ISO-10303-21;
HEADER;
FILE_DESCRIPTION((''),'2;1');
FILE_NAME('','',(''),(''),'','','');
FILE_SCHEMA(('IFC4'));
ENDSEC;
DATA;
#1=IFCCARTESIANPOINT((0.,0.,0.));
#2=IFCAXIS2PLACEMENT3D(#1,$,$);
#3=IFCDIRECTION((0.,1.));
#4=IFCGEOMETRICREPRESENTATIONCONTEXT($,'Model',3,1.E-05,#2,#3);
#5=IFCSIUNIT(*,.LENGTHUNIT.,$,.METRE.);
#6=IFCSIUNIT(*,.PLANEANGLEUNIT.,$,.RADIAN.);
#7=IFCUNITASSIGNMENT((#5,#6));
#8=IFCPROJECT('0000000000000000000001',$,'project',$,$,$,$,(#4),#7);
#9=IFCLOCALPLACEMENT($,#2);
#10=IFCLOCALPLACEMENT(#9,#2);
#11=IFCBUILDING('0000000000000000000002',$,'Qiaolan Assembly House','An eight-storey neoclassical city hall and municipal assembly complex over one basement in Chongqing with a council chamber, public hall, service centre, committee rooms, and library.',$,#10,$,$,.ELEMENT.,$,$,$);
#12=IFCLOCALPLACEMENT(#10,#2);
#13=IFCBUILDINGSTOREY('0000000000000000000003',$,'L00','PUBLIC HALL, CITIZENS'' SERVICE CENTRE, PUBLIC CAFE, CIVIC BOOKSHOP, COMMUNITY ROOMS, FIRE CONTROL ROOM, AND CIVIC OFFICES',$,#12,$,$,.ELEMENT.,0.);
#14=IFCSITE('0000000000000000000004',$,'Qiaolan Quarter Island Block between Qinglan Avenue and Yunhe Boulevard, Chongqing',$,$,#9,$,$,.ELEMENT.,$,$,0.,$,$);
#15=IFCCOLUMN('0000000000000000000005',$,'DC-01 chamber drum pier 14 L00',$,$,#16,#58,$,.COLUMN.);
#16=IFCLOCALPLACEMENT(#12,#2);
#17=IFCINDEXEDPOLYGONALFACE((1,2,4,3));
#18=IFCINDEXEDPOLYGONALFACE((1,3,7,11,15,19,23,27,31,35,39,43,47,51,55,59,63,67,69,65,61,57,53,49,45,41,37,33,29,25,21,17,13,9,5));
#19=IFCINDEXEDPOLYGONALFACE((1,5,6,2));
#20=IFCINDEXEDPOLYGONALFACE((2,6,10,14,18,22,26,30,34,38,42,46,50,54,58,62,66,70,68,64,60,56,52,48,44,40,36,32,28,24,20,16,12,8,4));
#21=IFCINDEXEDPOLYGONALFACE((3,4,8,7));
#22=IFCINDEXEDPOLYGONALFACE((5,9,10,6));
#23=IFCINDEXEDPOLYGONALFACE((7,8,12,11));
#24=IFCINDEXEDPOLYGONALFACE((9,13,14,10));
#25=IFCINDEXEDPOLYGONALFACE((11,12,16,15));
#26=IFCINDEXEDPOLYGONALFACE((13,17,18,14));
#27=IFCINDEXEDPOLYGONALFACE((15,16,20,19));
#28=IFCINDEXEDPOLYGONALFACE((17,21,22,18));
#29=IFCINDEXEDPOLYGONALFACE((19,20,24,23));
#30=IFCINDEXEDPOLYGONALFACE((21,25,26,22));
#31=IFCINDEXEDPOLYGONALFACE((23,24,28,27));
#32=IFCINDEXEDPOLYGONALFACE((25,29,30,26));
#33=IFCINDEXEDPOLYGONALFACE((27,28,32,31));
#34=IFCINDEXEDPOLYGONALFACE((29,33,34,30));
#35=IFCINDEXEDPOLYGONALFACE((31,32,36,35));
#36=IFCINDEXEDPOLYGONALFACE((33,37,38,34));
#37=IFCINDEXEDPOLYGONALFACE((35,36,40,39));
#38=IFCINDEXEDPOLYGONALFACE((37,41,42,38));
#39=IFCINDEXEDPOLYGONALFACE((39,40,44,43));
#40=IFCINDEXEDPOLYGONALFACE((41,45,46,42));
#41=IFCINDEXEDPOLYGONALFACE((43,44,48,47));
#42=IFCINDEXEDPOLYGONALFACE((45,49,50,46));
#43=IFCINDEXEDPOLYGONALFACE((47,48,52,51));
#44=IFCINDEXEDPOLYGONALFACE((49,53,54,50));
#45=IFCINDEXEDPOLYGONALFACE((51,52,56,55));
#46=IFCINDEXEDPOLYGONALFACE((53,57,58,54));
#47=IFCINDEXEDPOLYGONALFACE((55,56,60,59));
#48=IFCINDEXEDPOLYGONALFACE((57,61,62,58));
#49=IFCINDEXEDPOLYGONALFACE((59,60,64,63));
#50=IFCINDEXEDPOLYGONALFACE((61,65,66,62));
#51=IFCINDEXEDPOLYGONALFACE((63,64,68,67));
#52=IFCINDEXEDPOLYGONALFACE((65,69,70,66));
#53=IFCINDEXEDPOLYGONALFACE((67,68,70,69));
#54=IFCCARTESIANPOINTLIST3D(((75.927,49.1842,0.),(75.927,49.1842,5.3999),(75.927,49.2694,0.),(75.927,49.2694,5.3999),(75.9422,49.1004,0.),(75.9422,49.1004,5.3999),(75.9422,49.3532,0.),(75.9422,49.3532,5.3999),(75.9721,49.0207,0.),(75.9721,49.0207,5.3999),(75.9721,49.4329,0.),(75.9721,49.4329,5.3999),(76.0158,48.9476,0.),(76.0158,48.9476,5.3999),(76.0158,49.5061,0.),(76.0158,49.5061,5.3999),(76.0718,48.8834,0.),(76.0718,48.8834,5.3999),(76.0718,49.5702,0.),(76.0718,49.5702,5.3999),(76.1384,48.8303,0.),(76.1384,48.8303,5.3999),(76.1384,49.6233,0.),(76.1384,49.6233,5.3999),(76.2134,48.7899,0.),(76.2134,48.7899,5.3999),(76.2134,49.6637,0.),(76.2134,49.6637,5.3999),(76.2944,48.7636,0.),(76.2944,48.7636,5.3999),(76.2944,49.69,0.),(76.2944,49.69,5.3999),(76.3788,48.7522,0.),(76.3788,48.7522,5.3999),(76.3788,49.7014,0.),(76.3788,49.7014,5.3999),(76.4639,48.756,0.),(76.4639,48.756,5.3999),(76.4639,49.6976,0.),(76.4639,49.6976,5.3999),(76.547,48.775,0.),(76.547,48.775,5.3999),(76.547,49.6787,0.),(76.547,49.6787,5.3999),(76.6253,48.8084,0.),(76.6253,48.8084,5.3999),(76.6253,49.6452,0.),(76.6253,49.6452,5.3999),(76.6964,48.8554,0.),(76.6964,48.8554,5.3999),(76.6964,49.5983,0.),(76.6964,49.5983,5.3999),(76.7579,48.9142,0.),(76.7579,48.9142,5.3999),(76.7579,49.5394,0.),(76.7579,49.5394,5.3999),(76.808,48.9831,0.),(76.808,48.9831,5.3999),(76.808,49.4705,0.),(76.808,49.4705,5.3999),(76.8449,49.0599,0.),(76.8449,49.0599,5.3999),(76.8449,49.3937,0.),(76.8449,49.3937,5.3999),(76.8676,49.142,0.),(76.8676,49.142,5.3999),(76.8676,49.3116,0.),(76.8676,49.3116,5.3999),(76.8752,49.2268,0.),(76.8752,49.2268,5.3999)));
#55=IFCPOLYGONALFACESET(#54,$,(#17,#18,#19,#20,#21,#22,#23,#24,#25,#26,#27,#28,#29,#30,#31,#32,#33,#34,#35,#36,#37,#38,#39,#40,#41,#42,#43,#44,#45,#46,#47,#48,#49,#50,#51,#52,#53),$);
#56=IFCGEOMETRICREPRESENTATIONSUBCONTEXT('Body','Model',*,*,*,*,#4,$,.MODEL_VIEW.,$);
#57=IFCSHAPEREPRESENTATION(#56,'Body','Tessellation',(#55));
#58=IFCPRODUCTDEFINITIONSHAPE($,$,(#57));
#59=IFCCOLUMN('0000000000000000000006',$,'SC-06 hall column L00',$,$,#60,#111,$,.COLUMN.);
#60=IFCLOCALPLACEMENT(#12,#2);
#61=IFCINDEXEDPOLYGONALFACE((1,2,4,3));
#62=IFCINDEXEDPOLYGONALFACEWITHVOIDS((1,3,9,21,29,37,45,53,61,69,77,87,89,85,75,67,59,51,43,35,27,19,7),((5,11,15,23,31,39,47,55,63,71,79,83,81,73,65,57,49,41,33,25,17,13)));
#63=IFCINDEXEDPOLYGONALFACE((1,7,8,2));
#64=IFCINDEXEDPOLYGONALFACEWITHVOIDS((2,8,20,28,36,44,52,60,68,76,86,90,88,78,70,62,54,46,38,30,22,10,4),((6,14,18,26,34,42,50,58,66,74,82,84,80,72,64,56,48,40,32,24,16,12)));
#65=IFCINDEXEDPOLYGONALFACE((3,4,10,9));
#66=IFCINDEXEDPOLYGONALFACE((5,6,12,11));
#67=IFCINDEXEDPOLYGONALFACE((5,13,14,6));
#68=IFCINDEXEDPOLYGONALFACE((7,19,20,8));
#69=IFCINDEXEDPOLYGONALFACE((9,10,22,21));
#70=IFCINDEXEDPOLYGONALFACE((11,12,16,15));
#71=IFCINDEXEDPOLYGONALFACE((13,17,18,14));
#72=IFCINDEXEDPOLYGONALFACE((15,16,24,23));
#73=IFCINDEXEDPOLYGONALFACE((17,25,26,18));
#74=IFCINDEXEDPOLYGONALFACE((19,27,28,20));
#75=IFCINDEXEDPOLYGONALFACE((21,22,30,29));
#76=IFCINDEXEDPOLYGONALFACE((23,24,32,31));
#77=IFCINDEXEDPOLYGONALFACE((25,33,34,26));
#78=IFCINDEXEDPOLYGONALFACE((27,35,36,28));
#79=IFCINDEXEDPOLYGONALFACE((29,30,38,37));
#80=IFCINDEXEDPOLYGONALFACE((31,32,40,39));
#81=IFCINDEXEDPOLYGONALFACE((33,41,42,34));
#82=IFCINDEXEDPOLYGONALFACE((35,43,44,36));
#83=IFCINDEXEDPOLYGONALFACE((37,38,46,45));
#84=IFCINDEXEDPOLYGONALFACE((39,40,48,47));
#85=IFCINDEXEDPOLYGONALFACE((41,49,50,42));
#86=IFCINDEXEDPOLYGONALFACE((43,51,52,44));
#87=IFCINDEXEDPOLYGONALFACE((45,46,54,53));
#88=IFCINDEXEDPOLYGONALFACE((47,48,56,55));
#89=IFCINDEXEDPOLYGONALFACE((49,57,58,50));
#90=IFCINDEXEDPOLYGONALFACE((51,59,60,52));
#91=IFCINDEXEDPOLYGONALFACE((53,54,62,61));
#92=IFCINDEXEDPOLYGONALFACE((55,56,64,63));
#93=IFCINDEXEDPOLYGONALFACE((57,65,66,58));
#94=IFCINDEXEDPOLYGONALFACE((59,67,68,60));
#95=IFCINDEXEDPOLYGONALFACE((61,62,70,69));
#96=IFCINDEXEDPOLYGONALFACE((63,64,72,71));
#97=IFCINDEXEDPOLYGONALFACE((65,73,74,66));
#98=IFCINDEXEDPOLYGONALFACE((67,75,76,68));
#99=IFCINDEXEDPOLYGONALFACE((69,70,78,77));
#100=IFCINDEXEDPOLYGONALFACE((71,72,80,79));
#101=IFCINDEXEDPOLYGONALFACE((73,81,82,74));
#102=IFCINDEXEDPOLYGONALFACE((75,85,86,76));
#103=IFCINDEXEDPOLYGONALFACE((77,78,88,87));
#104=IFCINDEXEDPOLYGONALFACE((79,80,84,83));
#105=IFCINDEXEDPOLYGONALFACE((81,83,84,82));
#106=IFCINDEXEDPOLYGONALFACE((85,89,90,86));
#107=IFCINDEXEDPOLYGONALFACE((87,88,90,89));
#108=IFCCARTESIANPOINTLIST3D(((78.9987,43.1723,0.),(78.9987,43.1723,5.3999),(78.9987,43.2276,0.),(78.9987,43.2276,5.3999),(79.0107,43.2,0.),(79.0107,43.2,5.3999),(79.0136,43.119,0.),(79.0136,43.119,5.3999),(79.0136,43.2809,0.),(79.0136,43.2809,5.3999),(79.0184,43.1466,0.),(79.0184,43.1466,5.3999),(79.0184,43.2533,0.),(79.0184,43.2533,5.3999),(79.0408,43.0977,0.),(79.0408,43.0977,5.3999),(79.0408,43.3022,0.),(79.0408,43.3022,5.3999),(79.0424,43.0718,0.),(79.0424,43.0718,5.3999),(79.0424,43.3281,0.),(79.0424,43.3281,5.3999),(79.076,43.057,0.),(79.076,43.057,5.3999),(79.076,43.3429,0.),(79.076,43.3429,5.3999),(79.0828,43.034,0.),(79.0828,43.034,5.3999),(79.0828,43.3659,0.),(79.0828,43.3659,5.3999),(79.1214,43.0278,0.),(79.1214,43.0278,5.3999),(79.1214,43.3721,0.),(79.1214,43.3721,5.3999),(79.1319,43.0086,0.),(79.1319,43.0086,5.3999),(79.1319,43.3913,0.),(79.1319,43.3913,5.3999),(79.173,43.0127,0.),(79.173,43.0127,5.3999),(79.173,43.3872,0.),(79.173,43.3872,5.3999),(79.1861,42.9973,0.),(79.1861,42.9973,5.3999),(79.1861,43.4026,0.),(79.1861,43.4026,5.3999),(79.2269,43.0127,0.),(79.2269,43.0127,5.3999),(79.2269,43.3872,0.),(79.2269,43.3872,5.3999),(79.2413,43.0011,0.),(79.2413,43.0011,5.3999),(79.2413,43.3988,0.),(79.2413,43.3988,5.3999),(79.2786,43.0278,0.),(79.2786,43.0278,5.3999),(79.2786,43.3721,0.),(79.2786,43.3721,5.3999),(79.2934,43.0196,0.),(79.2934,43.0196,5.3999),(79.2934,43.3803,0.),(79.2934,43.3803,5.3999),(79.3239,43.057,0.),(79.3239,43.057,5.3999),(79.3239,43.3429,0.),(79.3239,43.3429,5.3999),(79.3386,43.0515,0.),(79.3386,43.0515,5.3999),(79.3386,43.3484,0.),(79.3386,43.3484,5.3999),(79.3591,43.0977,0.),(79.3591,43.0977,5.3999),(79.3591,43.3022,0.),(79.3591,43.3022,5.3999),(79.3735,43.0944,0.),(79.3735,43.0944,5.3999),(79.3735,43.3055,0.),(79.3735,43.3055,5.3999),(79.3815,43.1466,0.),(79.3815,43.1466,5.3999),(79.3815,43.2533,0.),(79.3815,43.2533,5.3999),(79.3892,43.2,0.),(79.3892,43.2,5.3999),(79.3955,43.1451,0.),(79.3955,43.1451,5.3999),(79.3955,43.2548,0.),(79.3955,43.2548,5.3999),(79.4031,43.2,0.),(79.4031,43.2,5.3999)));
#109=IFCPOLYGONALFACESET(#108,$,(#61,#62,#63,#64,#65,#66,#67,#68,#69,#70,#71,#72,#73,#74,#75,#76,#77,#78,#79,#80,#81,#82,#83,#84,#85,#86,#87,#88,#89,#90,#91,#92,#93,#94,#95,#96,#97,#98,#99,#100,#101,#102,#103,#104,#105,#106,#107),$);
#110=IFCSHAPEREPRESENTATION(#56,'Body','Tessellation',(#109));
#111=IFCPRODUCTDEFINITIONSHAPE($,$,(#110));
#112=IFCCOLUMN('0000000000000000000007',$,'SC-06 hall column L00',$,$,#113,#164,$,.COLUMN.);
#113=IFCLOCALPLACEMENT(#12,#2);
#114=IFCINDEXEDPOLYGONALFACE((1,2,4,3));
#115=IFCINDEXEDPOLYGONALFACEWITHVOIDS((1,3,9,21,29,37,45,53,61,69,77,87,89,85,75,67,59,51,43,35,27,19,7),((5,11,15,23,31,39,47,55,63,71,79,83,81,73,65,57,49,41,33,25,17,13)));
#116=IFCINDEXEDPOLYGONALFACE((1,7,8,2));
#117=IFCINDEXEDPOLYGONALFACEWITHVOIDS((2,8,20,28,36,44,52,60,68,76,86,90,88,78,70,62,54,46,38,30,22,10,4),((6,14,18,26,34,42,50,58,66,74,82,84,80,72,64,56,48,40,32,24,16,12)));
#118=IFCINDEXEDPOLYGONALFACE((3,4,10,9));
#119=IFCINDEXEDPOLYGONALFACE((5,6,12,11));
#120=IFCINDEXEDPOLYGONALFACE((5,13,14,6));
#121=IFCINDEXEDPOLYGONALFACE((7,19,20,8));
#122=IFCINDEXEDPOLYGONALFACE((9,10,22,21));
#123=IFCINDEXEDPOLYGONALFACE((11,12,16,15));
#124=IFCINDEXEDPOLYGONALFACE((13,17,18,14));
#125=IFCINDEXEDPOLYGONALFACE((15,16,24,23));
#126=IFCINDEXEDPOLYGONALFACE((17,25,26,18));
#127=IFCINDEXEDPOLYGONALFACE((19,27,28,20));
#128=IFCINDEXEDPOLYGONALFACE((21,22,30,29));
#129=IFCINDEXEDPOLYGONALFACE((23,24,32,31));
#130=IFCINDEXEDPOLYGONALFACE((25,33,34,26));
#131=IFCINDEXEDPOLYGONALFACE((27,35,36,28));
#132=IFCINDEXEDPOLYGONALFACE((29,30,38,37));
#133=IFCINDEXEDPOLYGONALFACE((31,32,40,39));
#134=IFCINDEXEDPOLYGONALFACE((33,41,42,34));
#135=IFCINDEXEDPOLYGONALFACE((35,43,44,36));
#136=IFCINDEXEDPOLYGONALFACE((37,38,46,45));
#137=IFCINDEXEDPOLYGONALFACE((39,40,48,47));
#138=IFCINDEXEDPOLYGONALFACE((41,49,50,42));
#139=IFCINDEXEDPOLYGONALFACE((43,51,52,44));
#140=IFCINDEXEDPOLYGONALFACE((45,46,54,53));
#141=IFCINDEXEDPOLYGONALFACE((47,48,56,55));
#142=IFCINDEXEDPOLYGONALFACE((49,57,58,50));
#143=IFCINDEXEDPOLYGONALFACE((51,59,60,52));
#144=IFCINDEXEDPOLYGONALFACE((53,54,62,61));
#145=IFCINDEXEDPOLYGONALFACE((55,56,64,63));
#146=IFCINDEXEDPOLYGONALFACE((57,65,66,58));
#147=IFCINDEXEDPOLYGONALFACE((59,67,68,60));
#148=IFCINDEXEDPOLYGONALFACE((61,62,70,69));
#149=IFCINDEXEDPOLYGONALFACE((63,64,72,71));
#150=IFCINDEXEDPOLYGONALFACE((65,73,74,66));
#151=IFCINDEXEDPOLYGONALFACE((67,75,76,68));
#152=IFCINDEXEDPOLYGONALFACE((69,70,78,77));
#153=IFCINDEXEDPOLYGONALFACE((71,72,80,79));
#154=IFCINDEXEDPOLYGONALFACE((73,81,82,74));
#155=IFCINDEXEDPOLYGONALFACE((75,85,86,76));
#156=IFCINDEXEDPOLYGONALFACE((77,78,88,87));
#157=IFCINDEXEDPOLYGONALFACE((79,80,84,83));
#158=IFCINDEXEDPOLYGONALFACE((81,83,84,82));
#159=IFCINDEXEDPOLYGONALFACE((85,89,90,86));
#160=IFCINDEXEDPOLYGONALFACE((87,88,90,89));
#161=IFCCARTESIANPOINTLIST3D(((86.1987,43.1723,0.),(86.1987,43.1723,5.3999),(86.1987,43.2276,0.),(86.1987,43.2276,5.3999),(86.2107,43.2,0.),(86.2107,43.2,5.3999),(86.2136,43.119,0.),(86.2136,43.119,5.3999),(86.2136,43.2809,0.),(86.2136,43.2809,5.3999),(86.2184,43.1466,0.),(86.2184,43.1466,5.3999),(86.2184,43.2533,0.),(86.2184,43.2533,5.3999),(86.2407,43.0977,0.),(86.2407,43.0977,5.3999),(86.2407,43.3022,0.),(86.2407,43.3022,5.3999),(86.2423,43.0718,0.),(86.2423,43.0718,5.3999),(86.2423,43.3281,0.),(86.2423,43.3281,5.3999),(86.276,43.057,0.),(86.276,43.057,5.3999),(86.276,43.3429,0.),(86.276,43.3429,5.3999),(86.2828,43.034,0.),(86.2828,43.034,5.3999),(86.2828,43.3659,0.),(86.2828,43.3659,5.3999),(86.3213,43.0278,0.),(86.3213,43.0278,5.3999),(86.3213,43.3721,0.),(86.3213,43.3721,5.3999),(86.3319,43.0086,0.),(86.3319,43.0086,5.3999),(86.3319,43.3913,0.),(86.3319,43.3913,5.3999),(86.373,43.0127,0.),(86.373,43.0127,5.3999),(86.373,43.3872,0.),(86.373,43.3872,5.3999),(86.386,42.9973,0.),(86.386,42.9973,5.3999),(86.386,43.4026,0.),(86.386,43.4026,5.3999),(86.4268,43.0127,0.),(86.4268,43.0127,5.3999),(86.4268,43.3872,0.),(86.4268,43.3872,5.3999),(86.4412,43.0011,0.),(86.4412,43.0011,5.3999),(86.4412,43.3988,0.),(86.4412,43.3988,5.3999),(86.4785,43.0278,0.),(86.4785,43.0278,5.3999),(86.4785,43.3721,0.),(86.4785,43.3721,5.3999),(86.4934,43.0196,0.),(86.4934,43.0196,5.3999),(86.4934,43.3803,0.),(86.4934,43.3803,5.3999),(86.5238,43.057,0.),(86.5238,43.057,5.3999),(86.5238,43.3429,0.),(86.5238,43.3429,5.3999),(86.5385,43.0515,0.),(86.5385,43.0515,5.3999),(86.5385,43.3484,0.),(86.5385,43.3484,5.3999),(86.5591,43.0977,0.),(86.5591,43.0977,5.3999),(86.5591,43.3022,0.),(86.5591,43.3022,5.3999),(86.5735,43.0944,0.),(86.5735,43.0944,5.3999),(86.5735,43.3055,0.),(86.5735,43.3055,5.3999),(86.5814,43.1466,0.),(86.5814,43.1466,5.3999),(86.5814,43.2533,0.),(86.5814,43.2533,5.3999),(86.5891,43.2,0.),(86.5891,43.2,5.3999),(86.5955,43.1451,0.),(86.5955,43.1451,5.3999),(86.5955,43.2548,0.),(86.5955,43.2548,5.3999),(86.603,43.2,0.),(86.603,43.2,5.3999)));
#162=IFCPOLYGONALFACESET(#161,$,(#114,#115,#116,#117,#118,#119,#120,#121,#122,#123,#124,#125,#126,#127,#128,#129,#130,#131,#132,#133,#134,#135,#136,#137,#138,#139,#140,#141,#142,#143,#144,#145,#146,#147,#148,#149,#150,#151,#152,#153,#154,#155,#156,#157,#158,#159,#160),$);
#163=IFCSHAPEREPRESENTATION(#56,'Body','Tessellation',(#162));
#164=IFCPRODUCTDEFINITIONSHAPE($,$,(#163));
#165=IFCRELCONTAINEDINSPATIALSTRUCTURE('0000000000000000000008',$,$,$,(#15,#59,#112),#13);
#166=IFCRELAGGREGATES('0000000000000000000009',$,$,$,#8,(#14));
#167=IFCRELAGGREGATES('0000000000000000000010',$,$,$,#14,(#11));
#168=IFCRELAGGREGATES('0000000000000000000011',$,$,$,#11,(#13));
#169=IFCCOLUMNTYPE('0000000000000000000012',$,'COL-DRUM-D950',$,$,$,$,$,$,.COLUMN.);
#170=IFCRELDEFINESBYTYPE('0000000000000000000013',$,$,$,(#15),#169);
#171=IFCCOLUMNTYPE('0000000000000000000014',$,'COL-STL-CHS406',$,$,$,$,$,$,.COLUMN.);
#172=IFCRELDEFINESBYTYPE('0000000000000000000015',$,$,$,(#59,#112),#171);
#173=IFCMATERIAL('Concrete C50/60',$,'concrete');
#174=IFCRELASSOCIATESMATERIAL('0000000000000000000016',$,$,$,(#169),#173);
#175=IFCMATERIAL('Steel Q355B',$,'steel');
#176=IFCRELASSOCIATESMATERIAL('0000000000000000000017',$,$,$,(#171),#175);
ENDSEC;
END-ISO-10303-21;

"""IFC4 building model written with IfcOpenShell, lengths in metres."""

from ifc_helpers import new_model, si_unit, direction, frame, origin, origin_2d, place, context, subcontext, project, spatial, circle, hollow_circle, extrude, material, material_profile, profile_set, type_object, element, save


model = new_model("IFC4")

# Units and contexts
model_context = context("Model", 3, precision=1e-05, world=origin(), true_north=direction((0.0, 1.0)))
body_context = subcontext(model_context, "Body", "Model", "MODEL_VIEW")
ifc_project = project(units=[si_unit("LENGTHUNIT", "METRE"), si_unit("PLANEANGLEUNIT", "RADIAN")], contexts=[model_context])

# Site, building, storey
site_placement = place(None, origin())
site = spatial("IfcSite", under=ifc_project, at=site_placement, Name="Qiaolan Quarter Island Block between Qinglan Avenue and Yunhe Boulevard, Chongqing", CompositionType="ELEMENT", RefElevation=0.0)
building_placement = place(site_placement, origin())
building = spatial("IfcBuilding", under=site, at=building_placement, Name="Qiaolan Assembly House", Description="An eight-storey neoclassical city hall and municipal assembly complex over one basement in Chongqing with a council chamber, public hall, service centre, committee rooms, and library.", CompositionType="ELEMENT")
storey_placement = place(building_placement, origin())
storey = spatial("IfcBuildingStorey", under=building, at=storey_placement, Name="L00", Description="PUBLIC HALL, CITIZENS' SERVICE CENTRE, PUBLIC CAFE, CIVIC BOOKSHOP, COMMUNITY ROOMS, FIRE CONTROL ROOM, AND CIVIC OFFICES", CompositionType="ELEMENT", Elevation=0.0)

# Columns
ifc_material_1 = material(Name="Concrete C50/60", Category="concrete")
ifc_material_profile_1 = material_profile(ifc_material_1, circle(Radius=0.4751, at=origin_2d()), Name="CIRC D950")
ifc_profile_set_1 = profile_set([ifc_material_profile_1], Name="Concrete C50/60")
column_type_1 = type_object("IfcColumnType", Name="COL-DRUM-D950", PredefinedType="COLUMN", material=ifc_profile_set_1)
column_placement = place(storey_placement, frame((76.4001, 49.2268, 0.0), z_axis=(0.0, 0.0, 1.0), x_axis=(1.0, 0.0, 0.0)))
element("IfcColumn", 1, at=column_placement, inside=storey, type_object=column_type_1, Name="DC-01 chamber drum pier 14 L00", PredefinedType="COLUMN", context=body_context, shape_type="SweptSolid", body=[
    extrude(circle(Radius=0.4751, at=origin_2d()), origin(), (0.0, 0.0, 1.0), 5.3999),
])
ifc_material_2 = material(Name="Steel Q355B", Category="steel")
ifc_material_profile_2 = material_profile(ifc_material_2, hollow_circle(Radius=0.2031, WallThickness=0.0139, at=origin_2d()), Name="CHS 406.4x14")
ifc_profile_set_2 = profile_set([ifc_material_profile_2], Name="Steel Q355B")
column_type_2 = type_object("IfcColumnType", Name="COL-STL-CHS406", PredefinedType="COLUMN", material=ifc_profile_set_2)
for number, where, z_axis, x_axis, name in (
    (2, (79.2, 43.2, 0.0), (0.0, 0.0, 1.0), (1.0, 0.0, 0.0), "SC-06 hall column L00"),
    (3, (86.3999, 43.2, 0.0), (0.0, 0.0, 1.0), (1.0, 0.0, 0.0), "SC-06 hall column L00"),
):
    element("IfcColumn", number, at=place(storey_placement, frame(where, z_axis=z_axis, x_axis=x_axis)), inside=storey, type_object=column_type_2, Name=name, PredefinedType="COLUMN", context=body_context, shape_type="SweptSolid", body=[
        extrude(hollow_circle(Radius=0.2031, WallThickness=0.0139, at=origin_2d()), origin(), (0.0, 0.0, 1.0), 5.3999),
    ])

save(model, "model.ifc")
